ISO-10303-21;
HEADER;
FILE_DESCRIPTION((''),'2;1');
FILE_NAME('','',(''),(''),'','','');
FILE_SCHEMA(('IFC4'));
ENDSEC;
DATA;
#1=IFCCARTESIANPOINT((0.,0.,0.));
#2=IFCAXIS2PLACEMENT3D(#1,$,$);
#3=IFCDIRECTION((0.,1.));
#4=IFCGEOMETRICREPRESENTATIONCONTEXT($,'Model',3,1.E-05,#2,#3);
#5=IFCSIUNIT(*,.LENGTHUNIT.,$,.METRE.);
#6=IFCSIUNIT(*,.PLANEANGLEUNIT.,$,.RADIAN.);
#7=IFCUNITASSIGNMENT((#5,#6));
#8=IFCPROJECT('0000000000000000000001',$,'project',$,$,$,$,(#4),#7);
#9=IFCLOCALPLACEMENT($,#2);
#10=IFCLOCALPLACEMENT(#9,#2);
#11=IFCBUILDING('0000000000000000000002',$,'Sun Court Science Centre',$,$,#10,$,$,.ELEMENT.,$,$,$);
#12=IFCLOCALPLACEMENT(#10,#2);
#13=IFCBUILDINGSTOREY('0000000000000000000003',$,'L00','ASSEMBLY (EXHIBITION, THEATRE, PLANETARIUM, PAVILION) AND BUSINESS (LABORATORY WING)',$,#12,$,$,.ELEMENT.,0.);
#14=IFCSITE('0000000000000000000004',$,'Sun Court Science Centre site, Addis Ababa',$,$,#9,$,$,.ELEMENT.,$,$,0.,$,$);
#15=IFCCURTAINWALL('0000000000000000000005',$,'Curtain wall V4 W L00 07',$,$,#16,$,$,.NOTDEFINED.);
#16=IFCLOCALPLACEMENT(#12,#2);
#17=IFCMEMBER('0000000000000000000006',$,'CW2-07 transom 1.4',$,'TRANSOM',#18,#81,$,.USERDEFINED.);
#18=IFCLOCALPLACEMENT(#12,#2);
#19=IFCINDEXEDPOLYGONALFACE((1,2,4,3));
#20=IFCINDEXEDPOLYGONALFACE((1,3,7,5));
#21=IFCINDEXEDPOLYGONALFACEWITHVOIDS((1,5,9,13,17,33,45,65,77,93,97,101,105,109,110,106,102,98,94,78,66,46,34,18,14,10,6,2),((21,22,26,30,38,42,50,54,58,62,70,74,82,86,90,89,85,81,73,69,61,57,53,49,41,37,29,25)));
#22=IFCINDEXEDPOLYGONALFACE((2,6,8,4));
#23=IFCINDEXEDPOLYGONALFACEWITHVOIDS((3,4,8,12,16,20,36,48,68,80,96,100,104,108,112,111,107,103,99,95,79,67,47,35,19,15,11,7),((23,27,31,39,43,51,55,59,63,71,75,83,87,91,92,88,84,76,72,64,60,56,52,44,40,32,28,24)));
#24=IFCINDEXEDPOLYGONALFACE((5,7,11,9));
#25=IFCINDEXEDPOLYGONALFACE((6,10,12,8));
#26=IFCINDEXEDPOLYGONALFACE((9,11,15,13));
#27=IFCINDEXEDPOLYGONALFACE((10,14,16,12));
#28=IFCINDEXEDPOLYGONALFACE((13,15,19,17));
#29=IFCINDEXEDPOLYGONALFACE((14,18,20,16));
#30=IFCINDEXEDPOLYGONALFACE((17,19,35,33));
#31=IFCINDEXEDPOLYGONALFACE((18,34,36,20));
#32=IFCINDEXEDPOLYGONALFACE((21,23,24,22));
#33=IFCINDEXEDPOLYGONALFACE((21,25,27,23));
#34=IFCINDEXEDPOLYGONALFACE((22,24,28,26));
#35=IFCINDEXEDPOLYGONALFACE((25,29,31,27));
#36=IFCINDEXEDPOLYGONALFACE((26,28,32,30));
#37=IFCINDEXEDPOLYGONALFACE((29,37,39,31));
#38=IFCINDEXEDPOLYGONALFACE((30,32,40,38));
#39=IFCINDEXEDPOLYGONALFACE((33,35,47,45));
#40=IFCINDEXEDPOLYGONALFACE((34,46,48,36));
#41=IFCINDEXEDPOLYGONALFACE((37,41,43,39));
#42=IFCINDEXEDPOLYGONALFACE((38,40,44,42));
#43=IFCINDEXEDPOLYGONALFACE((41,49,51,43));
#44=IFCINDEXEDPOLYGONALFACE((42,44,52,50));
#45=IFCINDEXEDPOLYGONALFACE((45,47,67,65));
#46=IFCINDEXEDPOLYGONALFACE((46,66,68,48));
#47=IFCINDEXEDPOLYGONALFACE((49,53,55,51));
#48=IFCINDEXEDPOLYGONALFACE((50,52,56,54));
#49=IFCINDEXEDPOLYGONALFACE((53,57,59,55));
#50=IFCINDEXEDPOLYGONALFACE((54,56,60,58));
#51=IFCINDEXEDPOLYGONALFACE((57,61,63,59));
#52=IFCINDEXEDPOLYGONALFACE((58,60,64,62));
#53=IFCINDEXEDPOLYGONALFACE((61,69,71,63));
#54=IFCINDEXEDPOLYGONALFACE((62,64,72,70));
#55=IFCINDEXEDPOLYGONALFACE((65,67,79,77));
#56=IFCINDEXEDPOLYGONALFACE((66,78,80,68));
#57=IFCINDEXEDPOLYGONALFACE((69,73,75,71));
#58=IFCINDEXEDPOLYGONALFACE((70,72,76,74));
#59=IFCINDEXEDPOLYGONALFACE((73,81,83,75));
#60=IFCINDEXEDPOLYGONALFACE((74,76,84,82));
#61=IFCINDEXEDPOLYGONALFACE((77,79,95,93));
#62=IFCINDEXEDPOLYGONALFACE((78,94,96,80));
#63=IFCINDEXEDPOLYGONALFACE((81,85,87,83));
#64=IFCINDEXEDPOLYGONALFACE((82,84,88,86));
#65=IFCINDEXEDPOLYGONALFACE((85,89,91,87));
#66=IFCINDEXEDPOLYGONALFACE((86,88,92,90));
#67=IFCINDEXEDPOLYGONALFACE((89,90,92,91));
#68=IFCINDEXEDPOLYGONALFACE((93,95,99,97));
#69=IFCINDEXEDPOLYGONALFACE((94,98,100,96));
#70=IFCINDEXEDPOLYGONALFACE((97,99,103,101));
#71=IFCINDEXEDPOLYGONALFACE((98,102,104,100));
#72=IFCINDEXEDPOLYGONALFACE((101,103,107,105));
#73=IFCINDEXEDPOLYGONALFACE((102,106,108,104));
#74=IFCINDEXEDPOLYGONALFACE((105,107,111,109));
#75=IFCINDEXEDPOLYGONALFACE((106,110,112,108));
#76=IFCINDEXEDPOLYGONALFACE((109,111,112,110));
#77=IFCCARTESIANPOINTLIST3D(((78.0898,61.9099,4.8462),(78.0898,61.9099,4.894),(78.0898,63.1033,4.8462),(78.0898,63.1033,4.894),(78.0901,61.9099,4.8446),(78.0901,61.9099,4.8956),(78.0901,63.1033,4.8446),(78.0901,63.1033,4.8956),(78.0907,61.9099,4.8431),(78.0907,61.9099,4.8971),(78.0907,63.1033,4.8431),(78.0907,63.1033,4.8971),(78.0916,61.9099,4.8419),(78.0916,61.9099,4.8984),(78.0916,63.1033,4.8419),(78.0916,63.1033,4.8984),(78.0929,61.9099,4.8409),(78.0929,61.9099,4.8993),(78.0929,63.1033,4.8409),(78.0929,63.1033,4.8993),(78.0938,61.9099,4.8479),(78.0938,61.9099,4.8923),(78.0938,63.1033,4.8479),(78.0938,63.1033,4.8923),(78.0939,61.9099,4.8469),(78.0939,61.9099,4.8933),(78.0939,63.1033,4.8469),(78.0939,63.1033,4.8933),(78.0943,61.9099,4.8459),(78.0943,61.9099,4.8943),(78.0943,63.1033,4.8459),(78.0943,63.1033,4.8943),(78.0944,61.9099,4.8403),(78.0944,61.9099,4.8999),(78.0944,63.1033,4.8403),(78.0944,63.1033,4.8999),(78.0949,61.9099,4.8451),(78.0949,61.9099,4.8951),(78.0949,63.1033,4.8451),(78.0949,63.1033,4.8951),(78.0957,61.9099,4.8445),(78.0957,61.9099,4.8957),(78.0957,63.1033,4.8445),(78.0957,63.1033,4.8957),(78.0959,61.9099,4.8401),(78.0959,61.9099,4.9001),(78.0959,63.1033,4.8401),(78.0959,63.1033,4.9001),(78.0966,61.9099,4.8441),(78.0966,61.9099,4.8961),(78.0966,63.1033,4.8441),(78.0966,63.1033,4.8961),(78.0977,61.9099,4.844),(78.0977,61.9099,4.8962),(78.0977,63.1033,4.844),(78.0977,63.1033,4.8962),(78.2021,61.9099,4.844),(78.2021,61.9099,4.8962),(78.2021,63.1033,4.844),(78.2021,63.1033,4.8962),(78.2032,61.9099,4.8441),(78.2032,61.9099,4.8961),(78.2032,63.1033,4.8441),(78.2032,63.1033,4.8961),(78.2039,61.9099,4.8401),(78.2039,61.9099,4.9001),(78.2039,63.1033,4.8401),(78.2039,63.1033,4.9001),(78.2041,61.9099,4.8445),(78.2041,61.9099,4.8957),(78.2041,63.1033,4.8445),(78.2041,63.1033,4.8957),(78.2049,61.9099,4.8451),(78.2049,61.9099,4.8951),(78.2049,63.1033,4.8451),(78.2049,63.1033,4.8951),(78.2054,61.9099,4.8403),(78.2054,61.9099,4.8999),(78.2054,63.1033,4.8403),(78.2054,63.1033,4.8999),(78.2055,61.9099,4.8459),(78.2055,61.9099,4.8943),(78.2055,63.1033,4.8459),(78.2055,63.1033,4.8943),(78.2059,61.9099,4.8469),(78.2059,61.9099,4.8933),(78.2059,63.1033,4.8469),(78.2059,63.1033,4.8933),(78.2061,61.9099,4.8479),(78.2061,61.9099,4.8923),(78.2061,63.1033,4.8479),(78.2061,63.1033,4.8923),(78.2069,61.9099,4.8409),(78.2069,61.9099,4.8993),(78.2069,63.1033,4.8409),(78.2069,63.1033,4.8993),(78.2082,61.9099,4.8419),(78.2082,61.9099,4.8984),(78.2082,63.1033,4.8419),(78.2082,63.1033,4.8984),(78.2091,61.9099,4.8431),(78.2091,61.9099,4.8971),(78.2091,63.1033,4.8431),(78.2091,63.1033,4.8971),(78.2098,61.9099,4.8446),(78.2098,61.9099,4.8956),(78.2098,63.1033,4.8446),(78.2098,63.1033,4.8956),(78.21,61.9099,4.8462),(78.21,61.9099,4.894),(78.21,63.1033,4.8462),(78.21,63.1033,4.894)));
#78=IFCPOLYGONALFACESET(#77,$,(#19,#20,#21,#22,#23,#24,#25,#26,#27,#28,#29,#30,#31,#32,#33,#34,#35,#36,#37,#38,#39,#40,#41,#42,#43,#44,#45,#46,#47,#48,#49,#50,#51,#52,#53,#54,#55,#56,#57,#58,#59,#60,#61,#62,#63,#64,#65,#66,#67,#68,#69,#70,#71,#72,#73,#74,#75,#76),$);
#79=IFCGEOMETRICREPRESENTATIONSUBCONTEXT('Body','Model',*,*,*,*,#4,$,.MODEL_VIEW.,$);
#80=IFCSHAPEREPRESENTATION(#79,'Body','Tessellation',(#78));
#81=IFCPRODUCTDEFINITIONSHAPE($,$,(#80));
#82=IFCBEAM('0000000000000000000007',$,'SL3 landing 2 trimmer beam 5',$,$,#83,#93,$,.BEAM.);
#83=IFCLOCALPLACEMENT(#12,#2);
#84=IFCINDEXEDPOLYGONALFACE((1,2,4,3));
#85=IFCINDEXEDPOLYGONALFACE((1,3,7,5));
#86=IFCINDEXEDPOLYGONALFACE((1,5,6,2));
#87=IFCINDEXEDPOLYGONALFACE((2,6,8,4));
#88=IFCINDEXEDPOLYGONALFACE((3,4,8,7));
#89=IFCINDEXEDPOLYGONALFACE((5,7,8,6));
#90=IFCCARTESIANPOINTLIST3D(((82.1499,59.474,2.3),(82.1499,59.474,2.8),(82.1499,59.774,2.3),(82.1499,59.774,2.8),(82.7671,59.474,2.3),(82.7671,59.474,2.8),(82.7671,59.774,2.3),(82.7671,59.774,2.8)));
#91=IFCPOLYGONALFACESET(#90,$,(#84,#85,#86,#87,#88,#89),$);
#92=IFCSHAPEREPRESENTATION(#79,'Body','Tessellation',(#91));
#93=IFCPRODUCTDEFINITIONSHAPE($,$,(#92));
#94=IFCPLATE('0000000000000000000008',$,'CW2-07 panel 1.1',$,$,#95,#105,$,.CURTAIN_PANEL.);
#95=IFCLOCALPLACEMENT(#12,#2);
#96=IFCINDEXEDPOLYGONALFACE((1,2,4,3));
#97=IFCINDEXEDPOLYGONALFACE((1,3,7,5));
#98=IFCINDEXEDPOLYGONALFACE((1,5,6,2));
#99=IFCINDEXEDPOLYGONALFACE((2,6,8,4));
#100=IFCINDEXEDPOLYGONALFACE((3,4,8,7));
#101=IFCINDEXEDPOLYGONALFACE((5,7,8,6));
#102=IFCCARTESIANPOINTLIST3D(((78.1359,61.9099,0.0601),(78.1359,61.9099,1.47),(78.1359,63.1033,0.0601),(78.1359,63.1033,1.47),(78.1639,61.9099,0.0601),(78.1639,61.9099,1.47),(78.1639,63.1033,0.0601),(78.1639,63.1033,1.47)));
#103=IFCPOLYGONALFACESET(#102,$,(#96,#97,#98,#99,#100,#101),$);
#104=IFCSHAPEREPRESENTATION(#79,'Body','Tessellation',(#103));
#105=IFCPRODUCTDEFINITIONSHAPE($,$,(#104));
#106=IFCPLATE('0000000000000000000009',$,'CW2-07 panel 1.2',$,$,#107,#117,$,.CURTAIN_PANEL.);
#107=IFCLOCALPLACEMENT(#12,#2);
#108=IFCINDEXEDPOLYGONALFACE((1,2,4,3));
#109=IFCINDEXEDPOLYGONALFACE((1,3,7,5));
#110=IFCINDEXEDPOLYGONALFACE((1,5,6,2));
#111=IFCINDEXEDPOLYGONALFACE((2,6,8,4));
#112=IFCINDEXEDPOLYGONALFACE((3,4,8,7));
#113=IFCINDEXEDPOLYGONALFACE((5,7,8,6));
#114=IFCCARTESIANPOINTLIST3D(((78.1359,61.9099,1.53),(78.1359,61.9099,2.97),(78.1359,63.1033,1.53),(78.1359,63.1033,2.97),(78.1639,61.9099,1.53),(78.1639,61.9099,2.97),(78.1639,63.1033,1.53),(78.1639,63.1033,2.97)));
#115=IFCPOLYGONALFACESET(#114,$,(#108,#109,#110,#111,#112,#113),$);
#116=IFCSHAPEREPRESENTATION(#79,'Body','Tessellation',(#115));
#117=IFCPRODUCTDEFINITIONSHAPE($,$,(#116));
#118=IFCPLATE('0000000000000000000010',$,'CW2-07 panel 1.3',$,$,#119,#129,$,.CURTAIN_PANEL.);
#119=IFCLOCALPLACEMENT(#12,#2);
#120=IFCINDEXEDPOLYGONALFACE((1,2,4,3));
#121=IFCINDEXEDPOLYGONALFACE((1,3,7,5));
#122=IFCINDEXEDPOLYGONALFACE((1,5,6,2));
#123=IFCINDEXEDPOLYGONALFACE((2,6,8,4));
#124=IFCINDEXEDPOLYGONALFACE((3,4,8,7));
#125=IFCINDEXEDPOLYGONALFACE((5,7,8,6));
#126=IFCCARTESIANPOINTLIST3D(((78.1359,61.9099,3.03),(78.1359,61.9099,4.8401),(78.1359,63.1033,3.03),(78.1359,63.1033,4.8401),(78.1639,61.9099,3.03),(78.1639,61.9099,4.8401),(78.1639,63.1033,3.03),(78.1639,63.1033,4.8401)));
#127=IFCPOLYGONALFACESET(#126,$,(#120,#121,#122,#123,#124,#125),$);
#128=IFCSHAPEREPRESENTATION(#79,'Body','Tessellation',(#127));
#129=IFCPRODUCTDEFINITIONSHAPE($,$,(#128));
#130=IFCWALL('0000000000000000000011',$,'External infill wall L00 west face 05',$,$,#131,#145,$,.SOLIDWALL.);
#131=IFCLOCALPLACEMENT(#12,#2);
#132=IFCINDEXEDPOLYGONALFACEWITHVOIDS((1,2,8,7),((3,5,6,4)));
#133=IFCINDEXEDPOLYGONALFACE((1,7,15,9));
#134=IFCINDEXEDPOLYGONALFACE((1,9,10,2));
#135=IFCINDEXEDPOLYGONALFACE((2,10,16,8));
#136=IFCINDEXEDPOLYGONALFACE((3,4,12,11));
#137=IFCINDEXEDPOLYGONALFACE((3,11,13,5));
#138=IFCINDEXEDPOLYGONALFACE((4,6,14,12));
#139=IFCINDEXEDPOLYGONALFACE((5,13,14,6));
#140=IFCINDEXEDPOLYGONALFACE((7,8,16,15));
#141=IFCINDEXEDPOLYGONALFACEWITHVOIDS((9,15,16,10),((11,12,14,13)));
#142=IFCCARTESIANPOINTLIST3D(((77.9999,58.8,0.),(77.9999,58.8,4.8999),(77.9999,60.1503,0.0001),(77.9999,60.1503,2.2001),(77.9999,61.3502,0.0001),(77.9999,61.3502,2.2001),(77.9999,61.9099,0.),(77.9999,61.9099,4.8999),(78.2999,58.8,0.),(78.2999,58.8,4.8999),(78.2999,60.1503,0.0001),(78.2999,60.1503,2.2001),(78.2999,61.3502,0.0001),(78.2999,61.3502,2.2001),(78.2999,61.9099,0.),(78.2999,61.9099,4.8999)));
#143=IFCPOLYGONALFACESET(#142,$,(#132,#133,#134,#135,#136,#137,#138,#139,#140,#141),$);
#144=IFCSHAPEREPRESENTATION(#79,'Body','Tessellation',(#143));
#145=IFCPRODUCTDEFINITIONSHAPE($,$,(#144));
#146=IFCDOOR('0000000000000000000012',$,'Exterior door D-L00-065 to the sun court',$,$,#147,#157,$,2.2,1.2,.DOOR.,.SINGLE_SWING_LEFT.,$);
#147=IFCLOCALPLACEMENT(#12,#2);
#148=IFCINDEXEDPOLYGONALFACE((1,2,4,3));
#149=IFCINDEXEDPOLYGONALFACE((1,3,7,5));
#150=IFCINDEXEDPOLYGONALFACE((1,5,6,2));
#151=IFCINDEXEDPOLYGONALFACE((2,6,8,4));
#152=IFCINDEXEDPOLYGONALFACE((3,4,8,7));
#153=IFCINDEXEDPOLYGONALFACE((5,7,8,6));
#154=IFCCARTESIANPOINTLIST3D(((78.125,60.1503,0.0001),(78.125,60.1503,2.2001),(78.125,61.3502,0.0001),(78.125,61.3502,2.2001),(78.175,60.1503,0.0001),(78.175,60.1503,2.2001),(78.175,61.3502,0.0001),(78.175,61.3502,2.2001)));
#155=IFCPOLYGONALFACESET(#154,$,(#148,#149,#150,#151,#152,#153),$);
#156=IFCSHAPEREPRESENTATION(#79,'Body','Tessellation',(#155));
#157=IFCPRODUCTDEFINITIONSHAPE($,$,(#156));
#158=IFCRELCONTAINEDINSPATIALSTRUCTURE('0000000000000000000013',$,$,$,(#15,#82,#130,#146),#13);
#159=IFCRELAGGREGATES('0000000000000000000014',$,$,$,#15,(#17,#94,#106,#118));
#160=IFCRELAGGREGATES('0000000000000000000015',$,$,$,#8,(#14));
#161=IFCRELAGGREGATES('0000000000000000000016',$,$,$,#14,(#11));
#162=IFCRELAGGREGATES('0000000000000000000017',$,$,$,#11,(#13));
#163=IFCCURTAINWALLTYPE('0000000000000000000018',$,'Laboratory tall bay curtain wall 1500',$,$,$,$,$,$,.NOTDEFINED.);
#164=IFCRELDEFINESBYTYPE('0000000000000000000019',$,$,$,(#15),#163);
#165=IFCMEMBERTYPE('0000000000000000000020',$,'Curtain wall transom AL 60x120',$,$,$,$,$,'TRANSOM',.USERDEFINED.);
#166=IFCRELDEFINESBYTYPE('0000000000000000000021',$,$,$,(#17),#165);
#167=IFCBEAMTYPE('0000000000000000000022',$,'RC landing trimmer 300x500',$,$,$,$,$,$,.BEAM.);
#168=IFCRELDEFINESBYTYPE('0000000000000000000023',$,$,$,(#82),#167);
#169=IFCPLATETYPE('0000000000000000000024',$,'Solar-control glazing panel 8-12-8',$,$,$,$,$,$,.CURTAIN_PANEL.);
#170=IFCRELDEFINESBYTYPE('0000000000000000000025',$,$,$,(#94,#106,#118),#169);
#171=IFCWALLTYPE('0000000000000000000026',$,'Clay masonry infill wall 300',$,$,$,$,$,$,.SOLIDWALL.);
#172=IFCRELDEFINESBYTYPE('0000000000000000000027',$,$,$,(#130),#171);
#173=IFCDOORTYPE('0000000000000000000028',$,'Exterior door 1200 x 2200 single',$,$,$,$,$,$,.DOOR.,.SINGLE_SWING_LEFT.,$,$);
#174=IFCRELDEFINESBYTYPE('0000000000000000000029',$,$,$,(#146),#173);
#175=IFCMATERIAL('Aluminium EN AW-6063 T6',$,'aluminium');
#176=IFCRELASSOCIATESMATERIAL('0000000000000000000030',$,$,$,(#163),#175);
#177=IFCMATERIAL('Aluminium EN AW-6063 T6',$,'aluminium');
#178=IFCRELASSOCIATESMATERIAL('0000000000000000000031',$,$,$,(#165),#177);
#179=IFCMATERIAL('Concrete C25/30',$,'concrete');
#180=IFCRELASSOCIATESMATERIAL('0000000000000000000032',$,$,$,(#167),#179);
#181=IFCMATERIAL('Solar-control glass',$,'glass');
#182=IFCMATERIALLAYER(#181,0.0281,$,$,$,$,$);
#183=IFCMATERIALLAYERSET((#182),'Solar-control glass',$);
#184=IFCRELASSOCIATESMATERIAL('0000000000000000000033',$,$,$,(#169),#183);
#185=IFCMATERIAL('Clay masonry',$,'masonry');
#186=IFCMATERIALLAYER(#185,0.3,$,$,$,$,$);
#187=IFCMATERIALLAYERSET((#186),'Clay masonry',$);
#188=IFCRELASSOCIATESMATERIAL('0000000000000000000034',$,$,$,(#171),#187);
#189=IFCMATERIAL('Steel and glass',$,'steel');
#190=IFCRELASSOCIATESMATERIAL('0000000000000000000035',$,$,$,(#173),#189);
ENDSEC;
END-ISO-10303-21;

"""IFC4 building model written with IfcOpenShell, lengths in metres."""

from ifc_helpers import new_model, si_unit, direction, frame, frame_2d, origin, origin_2d, place, context, subcontext, project, spatial, rectangle, hollow_rectangle, extrude, material, layer, layer_set, material_profile, profile_set, type_object, element, fill, aggregate, save


model = new_model("IFC4")

# Units and contexts
model_context = context("Model", 3, precision=1e-05, world=origin(), true_north=direction((0.0, 1.0)))
body_context = subcontext(model_context, "Body", "Model", "MODEL_VIEW")
ifc_project = project(units=[si_unit("LENGTHUNIT", "METRE"), si_unit("PLANEANGLEUNIT", "RADIAN")], contexts=[model_context])

# Site, building, storey
site_placement = place(None, origin())
site = spatial("IfcSite", under=ifc_project, at=site_placement, Name="Sun Court Science Centre site, Addis Ababa", CompositionType="ELEMENT", RefElevation=0.0)
building_placement = place(site_placement, origin())
building = spatial("IfcBuilding", under=site, at=building_placement, Name="Sun Court Science Centre", CompositionType="ELEMENT")
storey_placement = place(building_placement, origin())
storey = spatial("IfcBuildingStorey", under=building, at=storey_placement, Name="L00", Description="ASSEMBLY (EXHIBITION, THEATRE, PLANETARIUM, PAVILION) AND BUSINESS (LABORATORY WING)", CompositionType="ELEMENT", Elevation=0.0)

# Curtain wall, member
ifc_material_1 = material(Name="Aluminium EN AW-6063 T6", Category="aluminium")
curtain_wall_type = type_object("IfcCurtainWallType", Name="Laboratory tall bay curtain wall 1500", PredefinedType="NOTDEFINED", material=ifc_material_1)
curtain_wall_placement = place(storey_placement, origin())
curtain_wall = element("IfcCurtainWall", 1, at=curtain_wall_placement, inside=storey, type_object=curtain_wall_type, Name="Curtain wall V4 W L00 07", PredefinedType="NOTDEFINED")
ifc_material_2 = material(Name="Aluminium EN AW-6063 T6", Category="aluminium")
ifc_material_profile_1 = material_profile(ifc_material_2, hollow_rectangle(XDim=0.0601, YDim=0.1201, WallThickness=0.0039, InnerFilletRadius=0.0039, OuterFilletRadius=0.0061, at=origin_2d()), Name="AL 60x120x4")
ifc_profile_set_1 = profile_set([ifc_material_profile_1], Name="Aluminium EN AW-6063 T6")
member_type_1 = type_object("IfcMemberType", Name="Curtain wall transom AL 60x120", ElementType="TRANSOM", PredefinedType="USERDEFINED", material=ifc_profile_set_1)
member_1_placement = place(storey_placement, frame((78.1499, 61.9099, 4.8701), z_axis=(0.0, 1.0, 0.0), x_axis=(0.0, 0.0, 1.0)))
member_1 = element("IfcMember", 2, at=member_1_placement, type_object=member_type_1, Name="CW2-07 transom 1.4", ObjectType="TRANSOM", PredefinedType="USERDEFINED", context=body_context, shape_type="SweptSolid", body=[
    extrude(hollow_rectangle(XDim=0.0601, YDim=0.1201, WallThickness=0.0039, InnerFilletRadius=0.0039, OuterFilletRadius=0.0061, at=origin_2d()), origin(), (0.0, 0.0, 1.0), 1.1934),
])

# Beam
ifc_material_3 = material(Name="Concrete C25/30", Category="concrete")
ifc_material_profile_2 = material_profile(ifc_material_3, rectangle(XDim=0.3, YDim=0.5, at=origin_2d()), Name="RC 300x500")
ifc_profile_set_2 = profile_set([ifc_material_profile_2], Name="Concrete C25/30")
beam_type = type_object("IfcBeamType", Name="RC landing trimmer 300x500", PredefinedType="BEAM", material=ifc_profile_set_2)
beam_placement = place(storey_placement, frame((82.1499, 59.624, 2.55), z_axis=(1.0, 0.0, 0.0), x_axis=(0.0, 1.0, 0.0)))
element("IfcBeam", 3, at=beam_placement, inside=storey, type_object=beam_type, Name="SL3 landing 2 trimmer beam 5", PredefinedType="BEAM", context=body_context, shape_type="SweptSolid", body=[
    extrude(rectangle(XDim=0.3, YDim=0.5, at=origin_2d()), origin(), (0.0, 0.0, 1.0), 0.6172),
])

# Plates
ifc_material_4 = material(Name="Solar-control glass", Category="glass")
ifc_layer_1 = layer(ifc_material_4, 0.0281)
ifc_layer_set_1 = layer_set([ifc_layer_1], Name="Solar-control glass")
plate_type = type_object("IfcPlateType", Name="Solar-control glazing panel 8-12-8", PredefinedType="CURTAIN_PANEL", material=ifc_layer_set_1)
plate_1_placement = place(storey_placement, frame((78.1499, 62.5066, 0.0601), z_axis=(0.0, 0.0, 1.0), x_axis=(0.0, 1.0, 0.0)))
plate_1 = element("IfcPlate", 4, at=plate_1_placement, type_object=plate_type, Name="CW2-07 panel 1.1", PredefinedType="CURTAIN_PANEL", context=body_context, shape_type="SweptSolid", body=[
    extrude(rectangle(XDim=1.1934, YDim=0.0281, at=origin_2d()), origin(), (0.0, 0.0, 1.0), 1.4099),
])
plate_2_placement = place(storey_placement, frame((78.1499, 62.5066, 1.53), z_axis=(0.0, 0.0, 1.0), x_axis=(0.0, 1.0, 0.0)))
plate_2 = element("IfcPlate", 5, at=plate_2_placement, type_object=plate_type, Name="CW2-07 panel 1.2", PredefinedType="CURTAIN_PANEL", context=body_context, shape_type="SweptSolid", body=[
    extrude(rectangle(XDim=1.1934, YDim=0.0281, at=origin_2d()), origin(), (0.0, 0.0, 1.0), 1.4399),
])
plate_3_placement = place(storey_placement, frame((78.1499, 62.5066, 3.03), z_axis=(0.0, 0.0, 1.0), x_axis=(0.0, 1.0, 0.0)))
plate_3 = element("IfcPlate", 6, at=plate_3_placement, type_object=plate_type, Name="CW2-07 panel 1.3", PredefinedType="CURTAIN_PANEL", context=body_context, shape_type="SweptSolid", body=[
    extrude(rectangle(XDim=1.1934, YDim=0.0281, at=origin_2d()), origin(), (0.0, 0.0, 1.0), 1.8101),
])
aggregate(curtain_wall, [member_1, plate_1, plate_2, plate_3])

# Wall, opening, door
ifc_material_5 = material(Name="Clay masonry", Category="masonry")
ifc_layer_2 = layer(ifc_material_5, 0.3)
ifc_layer_set_2 = layer_set([ifc_layer_2], Name="Clay masonry")
wall_type_1 = type_object("IfcWallType", Name="Clay masonry infill wall 300", PredefinedType="SOLIDWALL", material=ifc_layer_set_2)
wall_1_placement = place(storey_placement, frame((78.1499, 58.8, 0.0), z_axis=(0.0, 0.0, 1.0), x_axis=(0.0, 1.0, 0.0)))
wall_1 = element("IfcWall", 7, at=wall_1_placement, inside=storey, type_object=wall_type_1, Name="External infill wall L00 west face 05", PredefinedType="SOLIDWALL", context=body_context, shape_type="SweptSolid", body=[
    extrude(rectangle(XDim=3.1099, YDim=0.3, at=frame_2d((1.5549, 0.0))), origin(), (0.0, 0.0, 1.0), 4.8999),
])
opening_1_placement = place(wall_1_placement, frame((1.3501, 0.0, 0.0)))
opening_1 = element("IfcOpeningElement", 8, at=opening_1_placement, cuts=wall_1, PredefinedType="OPENING", context=body_context, shape_type="SweptSolid", body=[
    extrude(rectangle(XDim=1.2, YDim=2.2, at=frame_2d((0.6001, 1.1001))), frame((0.0, 0.1599, 0.0), z_axis=(0.0, -1.0, 0.0), x_axis=(1.0, 0.0, 0.0)), (0.0, 0.0, 1.0), 0.3201),
])
ifc_material_6 = material(Name="Steel and glass", Category="steel")
door_type_1 = type_object("IfcDoorType", Name="Exterior door 1200 x 2200 single", OperationType="SINGLE_SWING_LEFT", PredefinedType="DOOR", material=ifc_material_6)
door_1_placement = place(opening_1_placement, origin())
door_1 = element("IfcDoor", 9, at=door_1_placement, inside=storey, type_object=door_type_1, Name="Exterior door D-L00-065 to the sun court", OperationType="SINGLE_SWING_LEFT", OverallHeight=2.2, OverallWidth=1.2, PredefinedType="DOOR", context=body_context, shape_type="SweptSolid", body=[
    extrude(rectangle(XDim=1.2, YDim=2.2, at=frame_2d((0.6001, 1.1001))), frame((0.0, 0.0249, 0.0), z_axis=(0.0, -1.0, 0.0), x_axis=(1.0, 0.0, 0.0)), (0.0, 0.0, 1.0), 0.05),
])
fill(opening_1, door_1)

save(model, "model.ifc")
